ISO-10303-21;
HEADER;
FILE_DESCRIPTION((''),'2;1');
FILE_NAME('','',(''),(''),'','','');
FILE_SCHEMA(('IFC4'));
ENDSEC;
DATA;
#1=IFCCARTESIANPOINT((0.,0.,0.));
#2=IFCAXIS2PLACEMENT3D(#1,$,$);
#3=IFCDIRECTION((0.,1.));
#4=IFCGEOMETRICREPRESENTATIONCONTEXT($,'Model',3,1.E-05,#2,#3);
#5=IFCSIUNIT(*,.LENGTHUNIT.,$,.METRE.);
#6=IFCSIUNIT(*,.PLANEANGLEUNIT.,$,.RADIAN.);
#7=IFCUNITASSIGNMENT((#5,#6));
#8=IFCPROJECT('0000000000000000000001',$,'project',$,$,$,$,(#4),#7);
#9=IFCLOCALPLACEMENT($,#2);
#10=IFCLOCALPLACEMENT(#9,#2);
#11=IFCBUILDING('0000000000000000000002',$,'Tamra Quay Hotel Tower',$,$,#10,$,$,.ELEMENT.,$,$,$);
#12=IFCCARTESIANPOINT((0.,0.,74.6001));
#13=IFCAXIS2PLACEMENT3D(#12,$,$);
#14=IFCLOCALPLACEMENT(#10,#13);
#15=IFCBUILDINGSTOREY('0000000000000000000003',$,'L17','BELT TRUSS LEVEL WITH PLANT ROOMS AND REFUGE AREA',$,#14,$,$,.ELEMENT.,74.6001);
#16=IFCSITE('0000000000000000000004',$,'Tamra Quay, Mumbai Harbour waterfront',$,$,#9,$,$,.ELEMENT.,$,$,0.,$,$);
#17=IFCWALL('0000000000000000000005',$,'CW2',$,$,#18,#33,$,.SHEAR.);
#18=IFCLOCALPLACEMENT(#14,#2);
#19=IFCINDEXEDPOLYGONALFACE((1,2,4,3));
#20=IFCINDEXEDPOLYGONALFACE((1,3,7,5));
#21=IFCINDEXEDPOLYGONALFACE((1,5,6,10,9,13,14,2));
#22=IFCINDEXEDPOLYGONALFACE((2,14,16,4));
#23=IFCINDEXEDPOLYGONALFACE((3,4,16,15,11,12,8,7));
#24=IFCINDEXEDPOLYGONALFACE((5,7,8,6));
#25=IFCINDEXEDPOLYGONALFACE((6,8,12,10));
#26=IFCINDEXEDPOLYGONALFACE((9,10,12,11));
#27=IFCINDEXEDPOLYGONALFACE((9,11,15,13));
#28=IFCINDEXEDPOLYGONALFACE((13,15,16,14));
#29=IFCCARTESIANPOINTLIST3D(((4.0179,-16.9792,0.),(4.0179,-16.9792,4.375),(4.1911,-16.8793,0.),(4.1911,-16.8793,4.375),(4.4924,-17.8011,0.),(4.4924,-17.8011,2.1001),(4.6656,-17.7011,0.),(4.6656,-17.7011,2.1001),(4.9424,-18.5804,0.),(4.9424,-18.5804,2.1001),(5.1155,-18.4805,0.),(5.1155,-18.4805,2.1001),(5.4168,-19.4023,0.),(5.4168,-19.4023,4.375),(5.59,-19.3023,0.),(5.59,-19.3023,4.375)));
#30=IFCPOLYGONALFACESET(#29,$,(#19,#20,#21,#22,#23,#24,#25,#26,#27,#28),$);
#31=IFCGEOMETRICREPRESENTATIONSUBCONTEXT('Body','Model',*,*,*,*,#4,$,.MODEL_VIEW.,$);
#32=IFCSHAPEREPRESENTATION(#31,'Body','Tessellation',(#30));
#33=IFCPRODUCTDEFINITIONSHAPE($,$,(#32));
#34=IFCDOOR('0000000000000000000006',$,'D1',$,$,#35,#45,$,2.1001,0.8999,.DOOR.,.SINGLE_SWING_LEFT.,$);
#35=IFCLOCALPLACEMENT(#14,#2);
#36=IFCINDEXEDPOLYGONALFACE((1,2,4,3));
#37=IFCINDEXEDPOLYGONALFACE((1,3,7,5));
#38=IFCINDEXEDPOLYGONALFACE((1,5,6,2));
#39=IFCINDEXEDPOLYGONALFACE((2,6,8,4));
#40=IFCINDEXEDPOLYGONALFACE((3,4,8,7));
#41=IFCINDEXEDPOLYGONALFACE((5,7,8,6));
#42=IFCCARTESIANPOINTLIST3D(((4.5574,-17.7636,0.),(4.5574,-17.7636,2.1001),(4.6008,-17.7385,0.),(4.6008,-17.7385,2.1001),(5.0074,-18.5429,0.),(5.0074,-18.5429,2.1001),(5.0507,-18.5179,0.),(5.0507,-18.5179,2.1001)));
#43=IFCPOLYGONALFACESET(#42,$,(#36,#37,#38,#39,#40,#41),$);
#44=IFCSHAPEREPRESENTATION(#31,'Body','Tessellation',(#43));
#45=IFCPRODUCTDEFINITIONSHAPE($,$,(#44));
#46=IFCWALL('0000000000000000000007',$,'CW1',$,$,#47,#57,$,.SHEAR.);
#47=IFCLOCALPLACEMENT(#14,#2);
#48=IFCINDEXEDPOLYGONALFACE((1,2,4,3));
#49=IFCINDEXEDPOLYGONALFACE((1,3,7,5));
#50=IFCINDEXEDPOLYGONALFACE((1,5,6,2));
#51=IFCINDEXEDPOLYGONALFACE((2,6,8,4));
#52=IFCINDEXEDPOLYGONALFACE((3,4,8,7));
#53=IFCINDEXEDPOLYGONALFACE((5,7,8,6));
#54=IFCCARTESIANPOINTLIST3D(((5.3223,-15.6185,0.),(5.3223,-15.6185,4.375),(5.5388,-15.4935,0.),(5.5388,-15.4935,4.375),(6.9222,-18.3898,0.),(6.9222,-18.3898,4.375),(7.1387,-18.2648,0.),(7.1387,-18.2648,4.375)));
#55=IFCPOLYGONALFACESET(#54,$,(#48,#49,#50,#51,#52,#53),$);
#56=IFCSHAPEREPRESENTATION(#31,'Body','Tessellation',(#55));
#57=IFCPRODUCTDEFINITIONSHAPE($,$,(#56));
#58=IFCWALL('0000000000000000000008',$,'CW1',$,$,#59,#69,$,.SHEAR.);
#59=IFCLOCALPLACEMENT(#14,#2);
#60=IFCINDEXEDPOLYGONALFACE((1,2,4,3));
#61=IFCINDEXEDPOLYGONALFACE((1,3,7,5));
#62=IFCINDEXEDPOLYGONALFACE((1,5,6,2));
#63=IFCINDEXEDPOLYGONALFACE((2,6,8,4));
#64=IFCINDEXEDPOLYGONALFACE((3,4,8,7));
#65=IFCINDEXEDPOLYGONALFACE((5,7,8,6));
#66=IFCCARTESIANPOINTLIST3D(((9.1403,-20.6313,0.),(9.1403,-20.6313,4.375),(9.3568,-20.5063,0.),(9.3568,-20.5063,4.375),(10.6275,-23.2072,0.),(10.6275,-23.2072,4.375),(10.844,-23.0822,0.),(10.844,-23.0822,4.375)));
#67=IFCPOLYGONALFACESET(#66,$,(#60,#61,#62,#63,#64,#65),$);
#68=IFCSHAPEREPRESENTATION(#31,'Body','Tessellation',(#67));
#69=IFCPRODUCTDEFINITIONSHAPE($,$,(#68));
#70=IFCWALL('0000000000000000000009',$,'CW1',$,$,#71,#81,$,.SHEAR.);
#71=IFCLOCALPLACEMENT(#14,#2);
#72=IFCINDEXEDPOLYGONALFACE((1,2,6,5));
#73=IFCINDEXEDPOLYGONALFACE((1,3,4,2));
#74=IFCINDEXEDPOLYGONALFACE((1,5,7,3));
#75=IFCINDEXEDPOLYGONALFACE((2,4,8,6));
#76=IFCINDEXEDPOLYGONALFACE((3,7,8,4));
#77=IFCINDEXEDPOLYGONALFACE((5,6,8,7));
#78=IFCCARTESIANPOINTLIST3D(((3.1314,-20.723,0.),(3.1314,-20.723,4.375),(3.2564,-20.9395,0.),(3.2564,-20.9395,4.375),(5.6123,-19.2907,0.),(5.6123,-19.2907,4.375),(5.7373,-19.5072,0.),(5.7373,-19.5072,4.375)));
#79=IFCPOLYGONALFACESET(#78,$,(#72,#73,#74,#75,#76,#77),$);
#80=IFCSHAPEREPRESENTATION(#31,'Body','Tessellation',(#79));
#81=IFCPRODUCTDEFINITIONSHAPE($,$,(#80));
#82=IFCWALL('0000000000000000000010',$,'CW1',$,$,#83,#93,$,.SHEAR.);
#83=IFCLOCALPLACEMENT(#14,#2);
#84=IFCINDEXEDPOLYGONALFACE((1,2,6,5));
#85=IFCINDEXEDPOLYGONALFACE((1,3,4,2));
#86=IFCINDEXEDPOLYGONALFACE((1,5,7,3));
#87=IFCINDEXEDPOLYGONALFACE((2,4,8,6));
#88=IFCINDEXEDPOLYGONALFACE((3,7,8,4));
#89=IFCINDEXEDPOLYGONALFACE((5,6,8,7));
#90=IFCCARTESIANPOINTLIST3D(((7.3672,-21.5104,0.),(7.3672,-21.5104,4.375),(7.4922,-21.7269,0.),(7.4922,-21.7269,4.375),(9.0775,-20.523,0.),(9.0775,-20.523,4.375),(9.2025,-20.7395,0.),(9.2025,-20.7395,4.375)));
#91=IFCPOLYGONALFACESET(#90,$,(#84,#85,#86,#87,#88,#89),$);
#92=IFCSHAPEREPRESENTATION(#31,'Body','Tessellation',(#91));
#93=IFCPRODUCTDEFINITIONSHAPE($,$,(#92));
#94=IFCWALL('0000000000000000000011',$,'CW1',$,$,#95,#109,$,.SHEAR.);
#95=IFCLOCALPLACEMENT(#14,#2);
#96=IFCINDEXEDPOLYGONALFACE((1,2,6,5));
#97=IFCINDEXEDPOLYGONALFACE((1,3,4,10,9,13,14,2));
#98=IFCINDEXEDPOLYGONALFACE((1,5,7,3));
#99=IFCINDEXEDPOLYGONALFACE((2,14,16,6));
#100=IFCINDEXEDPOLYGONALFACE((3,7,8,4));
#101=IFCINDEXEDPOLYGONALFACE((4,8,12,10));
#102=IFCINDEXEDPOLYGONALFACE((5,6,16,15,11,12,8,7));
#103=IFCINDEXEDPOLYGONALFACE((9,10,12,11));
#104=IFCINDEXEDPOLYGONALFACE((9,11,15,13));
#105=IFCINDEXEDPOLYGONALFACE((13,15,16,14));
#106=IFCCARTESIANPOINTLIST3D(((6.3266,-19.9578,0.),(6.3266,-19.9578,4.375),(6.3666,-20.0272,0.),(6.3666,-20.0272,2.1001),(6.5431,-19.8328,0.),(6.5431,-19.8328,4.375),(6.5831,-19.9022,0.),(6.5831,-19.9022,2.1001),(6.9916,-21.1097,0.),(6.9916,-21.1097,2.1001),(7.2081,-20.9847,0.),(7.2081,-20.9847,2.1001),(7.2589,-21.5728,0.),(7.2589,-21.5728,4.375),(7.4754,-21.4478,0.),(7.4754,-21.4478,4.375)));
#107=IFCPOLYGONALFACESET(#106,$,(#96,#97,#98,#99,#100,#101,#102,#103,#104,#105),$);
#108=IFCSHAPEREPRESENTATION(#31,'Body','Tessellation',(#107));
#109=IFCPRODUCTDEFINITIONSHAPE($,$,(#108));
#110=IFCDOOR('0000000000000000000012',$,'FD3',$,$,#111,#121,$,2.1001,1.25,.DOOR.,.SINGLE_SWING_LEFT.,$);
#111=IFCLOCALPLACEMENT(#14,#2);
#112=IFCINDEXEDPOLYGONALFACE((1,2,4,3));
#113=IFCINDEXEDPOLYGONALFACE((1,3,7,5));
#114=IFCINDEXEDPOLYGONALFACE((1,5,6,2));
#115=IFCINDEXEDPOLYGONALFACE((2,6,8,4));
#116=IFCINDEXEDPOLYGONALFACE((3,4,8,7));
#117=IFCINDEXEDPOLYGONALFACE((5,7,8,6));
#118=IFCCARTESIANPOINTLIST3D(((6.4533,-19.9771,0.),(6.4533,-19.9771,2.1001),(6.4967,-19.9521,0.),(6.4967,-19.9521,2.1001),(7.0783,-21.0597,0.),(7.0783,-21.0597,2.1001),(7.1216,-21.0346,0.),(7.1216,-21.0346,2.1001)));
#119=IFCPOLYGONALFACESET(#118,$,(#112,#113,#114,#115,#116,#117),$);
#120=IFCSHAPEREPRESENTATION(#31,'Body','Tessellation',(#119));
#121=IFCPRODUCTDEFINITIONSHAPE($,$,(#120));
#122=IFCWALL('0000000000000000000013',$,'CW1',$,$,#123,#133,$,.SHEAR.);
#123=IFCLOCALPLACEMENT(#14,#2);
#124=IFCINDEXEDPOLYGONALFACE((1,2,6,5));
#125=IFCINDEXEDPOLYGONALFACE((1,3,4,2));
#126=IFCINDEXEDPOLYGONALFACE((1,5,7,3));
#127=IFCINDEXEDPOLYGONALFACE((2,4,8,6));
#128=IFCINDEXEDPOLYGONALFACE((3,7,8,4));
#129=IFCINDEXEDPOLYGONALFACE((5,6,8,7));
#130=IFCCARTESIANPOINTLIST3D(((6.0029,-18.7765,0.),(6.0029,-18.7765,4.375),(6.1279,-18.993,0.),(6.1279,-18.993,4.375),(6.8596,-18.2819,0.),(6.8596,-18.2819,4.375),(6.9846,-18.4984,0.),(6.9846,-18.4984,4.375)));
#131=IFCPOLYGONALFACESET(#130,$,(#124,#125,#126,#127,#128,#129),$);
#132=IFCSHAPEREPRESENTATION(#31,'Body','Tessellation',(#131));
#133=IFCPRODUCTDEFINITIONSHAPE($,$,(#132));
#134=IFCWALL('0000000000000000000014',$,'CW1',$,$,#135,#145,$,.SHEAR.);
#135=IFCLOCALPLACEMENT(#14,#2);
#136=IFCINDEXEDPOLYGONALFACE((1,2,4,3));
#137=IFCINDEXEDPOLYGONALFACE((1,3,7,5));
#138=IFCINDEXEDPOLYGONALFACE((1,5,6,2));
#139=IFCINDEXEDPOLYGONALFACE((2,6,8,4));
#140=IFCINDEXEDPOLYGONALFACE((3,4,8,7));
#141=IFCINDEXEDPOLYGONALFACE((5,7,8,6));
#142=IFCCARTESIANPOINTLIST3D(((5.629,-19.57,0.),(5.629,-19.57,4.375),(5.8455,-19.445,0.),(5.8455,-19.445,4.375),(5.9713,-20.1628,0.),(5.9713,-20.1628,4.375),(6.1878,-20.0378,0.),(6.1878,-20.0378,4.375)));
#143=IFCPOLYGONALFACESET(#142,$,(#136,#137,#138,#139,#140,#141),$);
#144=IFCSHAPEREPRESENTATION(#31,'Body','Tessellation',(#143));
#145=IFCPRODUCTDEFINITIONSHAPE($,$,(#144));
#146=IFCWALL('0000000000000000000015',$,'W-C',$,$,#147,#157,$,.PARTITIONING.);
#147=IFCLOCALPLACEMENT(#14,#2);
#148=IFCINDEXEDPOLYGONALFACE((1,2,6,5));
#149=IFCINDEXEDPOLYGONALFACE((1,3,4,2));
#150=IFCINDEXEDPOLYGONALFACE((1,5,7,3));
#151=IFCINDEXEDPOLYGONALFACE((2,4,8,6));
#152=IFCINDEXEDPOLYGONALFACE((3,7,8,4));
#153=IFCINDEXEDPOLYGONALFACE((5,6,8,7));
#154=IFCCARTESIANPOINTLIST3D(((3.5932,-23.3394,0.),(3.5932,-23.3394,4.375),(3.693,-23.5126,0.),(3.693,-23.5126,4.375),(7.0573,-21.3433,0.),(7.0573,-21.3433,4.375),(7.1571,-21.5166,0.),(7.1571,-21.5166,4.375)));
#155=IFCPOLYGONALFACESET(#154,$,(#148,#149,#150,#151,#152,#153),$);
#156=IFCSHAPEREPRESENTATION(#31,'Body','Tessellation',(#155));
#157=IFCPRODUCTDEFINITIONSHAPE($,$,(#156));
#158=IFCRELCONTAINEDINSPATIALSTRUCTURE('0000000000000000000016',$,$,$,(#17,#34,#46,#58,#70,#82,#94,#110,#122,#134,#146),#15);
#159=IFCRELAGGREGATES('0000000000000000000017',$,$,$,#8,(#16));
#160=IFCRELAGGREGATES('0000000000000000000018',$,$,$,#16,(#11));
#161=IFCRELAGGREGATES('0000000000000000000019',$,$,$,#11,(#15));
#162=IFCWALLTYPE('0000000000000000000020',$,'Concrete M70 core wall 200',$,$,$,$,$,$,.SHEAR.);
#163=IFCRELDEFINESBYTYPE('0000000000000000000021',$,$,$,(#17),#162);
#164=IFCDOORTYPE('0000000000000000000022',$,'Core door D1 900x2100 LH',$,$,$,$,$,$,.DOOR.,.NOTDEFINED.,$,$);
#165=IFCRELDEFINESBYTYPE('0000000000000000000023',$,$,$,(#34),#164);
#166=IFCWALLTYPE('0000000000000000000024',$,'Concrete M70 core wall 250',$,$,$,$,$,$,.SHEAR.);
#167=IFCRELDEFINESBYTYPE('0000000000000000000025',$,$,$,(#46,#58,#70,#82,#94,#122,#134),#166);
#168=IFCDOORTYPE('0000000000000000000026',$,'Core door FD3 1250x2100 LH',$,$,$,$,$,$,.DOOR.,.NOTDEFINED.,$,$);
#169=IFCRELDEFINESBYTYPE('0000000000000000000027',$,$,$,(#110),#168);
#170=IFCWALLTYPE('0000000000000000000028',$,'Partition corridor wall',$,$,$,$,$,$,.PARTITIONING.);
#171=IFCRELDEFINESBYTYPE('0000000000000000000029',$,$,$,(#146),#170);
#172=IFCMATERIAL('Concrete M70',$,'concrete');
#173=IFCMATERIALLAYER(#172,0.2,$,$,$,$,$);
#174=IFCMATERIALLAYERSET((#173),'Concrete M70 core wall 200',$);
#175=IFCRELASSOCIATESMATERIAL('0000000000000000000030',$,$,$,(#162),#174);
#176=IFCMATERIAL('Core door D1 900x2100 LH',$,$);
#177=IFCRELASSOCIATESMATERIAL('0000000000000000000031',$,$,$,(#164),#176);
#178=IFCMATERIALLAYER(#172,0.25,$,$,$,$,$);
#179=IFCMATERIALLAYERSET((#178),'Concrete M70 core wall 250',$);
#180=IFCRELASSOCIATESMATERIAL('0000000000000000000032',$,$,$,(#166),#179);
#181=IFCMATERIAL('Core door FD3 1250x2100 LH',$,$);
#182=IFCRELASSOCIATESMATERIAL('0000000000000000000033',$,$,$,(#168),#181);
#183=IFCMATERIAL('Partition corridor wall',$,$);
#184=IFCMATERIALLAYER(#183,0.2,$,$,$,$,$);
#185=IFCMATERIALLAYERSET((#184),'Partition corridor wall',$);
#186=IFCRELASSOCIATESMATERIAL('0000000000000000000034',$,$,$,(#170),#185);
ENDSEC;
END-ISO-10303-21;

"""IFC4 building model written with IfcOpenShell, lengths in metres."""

from ifc_helpers import new_model, si_unit, direction, frame, frame_2d, origin, place, context, subcontext, project, spatial, rectangle, extrude, material, layer, layer_set, type_object, element, fill, save


model = new_model("IFC4")

# Units and contexts
model_context = context("Model", 3, precision=1e-05, world=origin(), true_north=direction((0.0, 1.0)))
body_context = subcontext(model_context, "Body", "Model", "MODEL_VIEW")
ifc_project = project(units=[si_unit("LENGTHUNIT", "METRE"), si_unit("PLANEANGLEUNIT", "RADIAN")], contexts=[model_context])

# Site, building, storey
site_placement = place(None, origin())
site = spatial("IfcSite", under=ifc_project, at=site_placement, Name="Tamra Quay, Mumbai Harbour waterfront", CompositionType="ELEMENT", RefElevation=0.0)
building_placement = place(site_placement, origin())
building = spatial("IfcBuilding", under=site, at=building_placement, Name="Tamra Quay Hotel Tower", CompositionType="ELEMENT")
storey_placement = place(building_placement, frame((0.0, 0.0, 74.6001)))
storey = spatial("IfcBuildingStorey", under=building, at=storey_placement, Name="L17", Description="BELT TRUSS LEVEL WITH PLANT ROOMS AND REFUGE AREA", CompositionType="ELEMENT", Elevation=74.6001)

# Shared definitions
ifc_material_1 = material(Name="Concrete M70", Category="concrete")
ifc_layer_1 = layer(ifc_material_1, 0.2)
ifc_layer_set_1 = layer_set([ifc_layer_1], Name="Concrete M70 core wall 200")
wall_type_1 = type_object("IfcWallType", Name="Concrete M70 core wall 200", PredefinedType="SHEAR", material=ifc_layer_set_1)

# Wall, opening, door
wall_1_placement = place(storey_placement, frame((5.5034, -19.3523, 0.0), z_axis=(0.0, 0.0, 1.0), x_axis=(-0.499987, 0.866033, 0.0)))
wall_1 = element("IfcWall", 1, at=wall_1_placement, inside=storey, type_object=wall_type_1, Name="CW2", PredefinedType="SHEAR", context=body_context, shape_type="SweptSolid", body=[
    extrude(rectangle(XDim=2.7979, YDim=0.2, at=frame_2d((1.3989, 0.0))), origin(), (0.0, 0.0, 1.0), 4.375),
])
opening_1_placement = place(wall_1_placement, frame((0.949, 0.0, 0.0)))
opening_1 = element("IfcOpeningElement", 2, at=opening_1_placement, cuts=wall_1, PredefinedType="OPENING", context=body_context, shape_type="SweptSolid", body=[
    extrude(rectangle(XDim=0.8999, YDim=2.1001, at=frame_2d((0.45, 1.05))), frame((0.0, 0.1099, 0.0), z_axis=(0.0, -1.0, 0.0), x_axis=(1.0, 0.0, 0.0)), (0.0, 0.0, 1.0), 0.22),
])
ifc_material_2 = material(Name="Core door D1 900x2100 LH")
door_type_1 = type_object("IfcDoorType", Name="Core door D1 900x2100 LH", OperationType="NOTDEFINED", PredefinedType="DOOR", material=ifc_material_2)
door_1_placement = place(opening_1_placement, origin())
door_1 = element("IfcDoor", 3, at=door_1_placement, inside=storey, type_object=door_type_1, Name="D1", OperationType="SINGLE_SWING_LEFT", OverallHeight=2.1001, OverallWidth=0.8999, PredefinedType="DOOR", context=body_context, shape_type="SweptSolid", body=[
    extrude(rectangle(XDim=0.8999, YDim=2.1001, at=frame_2d((0.45, 1.05))), frame((0.0, 0.0249, 0.0), z_axis=(0.0, -1.0, 0.0), x_axis=(1.0, 0.0, 0.0)), (0.0, 0.0, 1.0), 0.05),
])
fill(opening_1, door_1)

# Walls
ifc_layer_2 = layer(ifc_material_1, 0.25)
ifc_layer_set_2 = layer_set([ifc_layer_2], Name="Concrete M70 core wall 250")
wall_type_2 = type_object("IfcWallType", Name="Concrete M70 core wall 250", PredefinedType="SHEAR", material=ifc_layer_set_2)
wall_2_placement = place(storey_placement, frame((7.0305, -18.3274, 0.0), z_axis=(0.0, 0.0, 1.0), x_axis=(-0.499971, 0.866042, 0.0)))
element("IfcWall", 4, at=wall_2_placement, inside=storey, type_object=wall_type_2, Name="CW1", PredefinedType="SHEAR", context=body_context, shape_type="SweptSolid", body=[
    extrude(rectangle(XDim=3.2, YDim=0.25, at=frame_2d((1.6001, 0.0))), origin(), (0.0, 0.0, 1.0), 4.375),
])
wall_3_placement = place(storey_placement, frame((10.7358, -23.1448, 0.0), z_axis=(0.0, 0.0, 1.0), x_axis=(-0.500023, 0.866012, 0.0)))
element("IfcWall", 5, at=wall_3_placement, inside=storey, type_object=wall_type_2, Name="CW1", PredefinedType="SHEAR", context=body_context, shape_type="SweptSolid", body=[
    extrude(rectangle(XDim=2.9744, YDim=0.25, at=frame_2d((1.4873, 0.0))), origin(), (0.0, 0.0, 1.0), 4.375),
])
wall_4_placement = place(storey_placement, frame((5.6748, -19.3989, 0.0), z_axis=(0.0, 0.0, 1.0), x_axis=(-0.866027, -0.499998, 0.0)))
element("IfcWall", 6, at=wall_4_placement, inside=storey, type_object=wall_type_2, Name="CW1", PredefinedType="SHEAR", context=body_context, shape_type="SweptSolid", body=[
    extrude(rectangle(XDim=2.8647, YDim=0.25, at=frame_2d((1.4324, 0.0))), origin(), (0.0, 0.0, 1.0), 4.375),
])
wall_5_placement = place(storey_placement, frame((9.1399, -20.6313, 0.0), z_axis=(0.0, 0.0, 1.0), x_axis=(-0.866044, -0.499969, 0.0)))
element("IfcWall", 7, at=wall_5_placement, inside=storey, type_object=wall_type_2, Name="CW1", PredefinedType="SHEAR", context=body_context, shape_type="SweptSolid", body=[
    extrude(rectangle(XDim=1.9749, YDim=0.25, at=frame_2d((0.9873, 0.0))), origin(), (0.0, 0.0, 1.0), 4.375),
])

# Wall, opening, door
wall_6_placement = place(storey_placement, frame((7.3672, -21.5103, 0.0), z_axis=(0.0, 0.0, 1.0), x_axis=(-0.499983, 0.866035, 0.0)))
wall_6 = element("IfcWall", 8, at=wall_6_placement, inside=storey, type_object=wall_type_2, Name="CW1", PredefinedType="SHEAR", context=body_context, shape_type="SweptSolid", body=[
    extrude(rectangle(XDim=1.8647, YDim=0.25, at=frame_2d((0.9324, 0.0))), origin(), (0.0, 0.0, 1.0), 4.375),
])
opening_2_placement = place(wall_6_placement, frame((0.5347, 0.0, 0.0)))
opening_2 = element("IfcOpeningElement", 9, at=opening_2_placement, cuts=wall_6, PredefinedType="OPENING", context=body_context, shape_type="SweptSolid", body=[
    extrude(rectangle(XDim=1.25, YDim=2.1001, at=frame_2d((0.625, 1.05))), frame((0.0, 0.135, 0.0), z_axis=(0.0, -1.0, 0.0), x_axis=(1.0, 0.0, 0.0)), (0.0, 0.0, 1.0), 0.27),
])
ifc_material_3 = material(Name="Core door FD3 1250x2100 LH")
door_type_2 = type_object("IfcDoorType", Name="Core door FD3 1250x2100 LH", OperationType="NOTDEFINED", PredefinedType="DOOR", material=ifc_material_3)
door_2_placement = place(opening_2_placement, origin())
door_2 = element("IfcDoor", 10, at=door_2_placement, inside=storey, type_object=door_type_2, Name="FD3", OperationType="SINGLE_SWING_LEFT", OverallHeight=2.1001, OverallWidth=1.25, PredefinedType="DOOR", context=body_context, shape_type="SweptSolid", body=[
    extrude(rectangle(XDim=1.25, YDim=2.1001, at=frame_2d((0.625, 1.05))), frame((0.0, 0.0249, 0.0), z_axis=(0.0, -1.0, 0.0), x_axis=(1.0, 0.0, 0.0)), (0.0, 0.0, 1.0), 0.05),
])
fill(opening_2, door_2)

# Walls
wall_7_placement = place(storey_placement, frame((6.0654, -18.8848, 0.0), z_axis=(0.0, 0.0, 1.0), x_axis=(0.866017, 0.500014, 0.0)))
element("IfcWall", 11, at=wall_7_placement, inside=storey, type_object=wall_type_2, Name="CW1", PredefinedType="SHEAR", context=body_context, shape_type="SweptSolid", body=[
    extrude(rectangle(XDim=0.9893, YDim=0.25, at=frame_2d((0.4946, 0.0))), origin(), (0.0, 0.0, 1.0), 4.375),
])
wall_8_placement = place(storey_placement, frame((6.0796, -20.1003, 0.0), z_axis=(0.0, 0.0, 1.0), x_axis=(-0.500052, 0.865996, 0.0)))
element("IfcWall", 12, at=wall_8_placement, inside=storey, type_object=wall_type_2, Name="CW1", PredefinedType="SHEAR", context=body_context, shape_type="SweptSolid", body=[
    extrude(rectangle(XDim=0.6846, YDim=0.25, at=frame_2d((0.3423, 0.0))), origin(), (0.0, 0.0, 1.0), 4.375),
])
ifc_material_4 = material(Name="Partition corridor wall")
ifc_layer_3 = layer(ifc_material_4, 0.2)
ifc_layer_set_3 = layer_set([ifc_layer_3], Name="Partition corridor wall")
wall_type_3 = type_object("IfcWallType", Name="Partition corridor wall", PredefinedType="PARTITIONING", material=ifc_layer_set_3)
wall_9_placement = place(storey_placement, frame((3.6431, -23.426, 0.0), z_axis=(0.0, 0.0, 1.0), x_axis=(0.866449, 0.499266, 0.0)))
element("IfcWall", 13, at=wall_9_placement, inside=storey, type_object=wall_type_3, Name="W-C", PredefinedType="PARTITIONING", context=body_context, shape_type="SweptSolid", body=[
    extrude(rectangle(XDim=3.998, YDim=0.2, at=frame_2d((1.999, 0.0))), origin(), (0.0, 0.0, 1.0), 4.375),
])

save(model, "model.ifc")
